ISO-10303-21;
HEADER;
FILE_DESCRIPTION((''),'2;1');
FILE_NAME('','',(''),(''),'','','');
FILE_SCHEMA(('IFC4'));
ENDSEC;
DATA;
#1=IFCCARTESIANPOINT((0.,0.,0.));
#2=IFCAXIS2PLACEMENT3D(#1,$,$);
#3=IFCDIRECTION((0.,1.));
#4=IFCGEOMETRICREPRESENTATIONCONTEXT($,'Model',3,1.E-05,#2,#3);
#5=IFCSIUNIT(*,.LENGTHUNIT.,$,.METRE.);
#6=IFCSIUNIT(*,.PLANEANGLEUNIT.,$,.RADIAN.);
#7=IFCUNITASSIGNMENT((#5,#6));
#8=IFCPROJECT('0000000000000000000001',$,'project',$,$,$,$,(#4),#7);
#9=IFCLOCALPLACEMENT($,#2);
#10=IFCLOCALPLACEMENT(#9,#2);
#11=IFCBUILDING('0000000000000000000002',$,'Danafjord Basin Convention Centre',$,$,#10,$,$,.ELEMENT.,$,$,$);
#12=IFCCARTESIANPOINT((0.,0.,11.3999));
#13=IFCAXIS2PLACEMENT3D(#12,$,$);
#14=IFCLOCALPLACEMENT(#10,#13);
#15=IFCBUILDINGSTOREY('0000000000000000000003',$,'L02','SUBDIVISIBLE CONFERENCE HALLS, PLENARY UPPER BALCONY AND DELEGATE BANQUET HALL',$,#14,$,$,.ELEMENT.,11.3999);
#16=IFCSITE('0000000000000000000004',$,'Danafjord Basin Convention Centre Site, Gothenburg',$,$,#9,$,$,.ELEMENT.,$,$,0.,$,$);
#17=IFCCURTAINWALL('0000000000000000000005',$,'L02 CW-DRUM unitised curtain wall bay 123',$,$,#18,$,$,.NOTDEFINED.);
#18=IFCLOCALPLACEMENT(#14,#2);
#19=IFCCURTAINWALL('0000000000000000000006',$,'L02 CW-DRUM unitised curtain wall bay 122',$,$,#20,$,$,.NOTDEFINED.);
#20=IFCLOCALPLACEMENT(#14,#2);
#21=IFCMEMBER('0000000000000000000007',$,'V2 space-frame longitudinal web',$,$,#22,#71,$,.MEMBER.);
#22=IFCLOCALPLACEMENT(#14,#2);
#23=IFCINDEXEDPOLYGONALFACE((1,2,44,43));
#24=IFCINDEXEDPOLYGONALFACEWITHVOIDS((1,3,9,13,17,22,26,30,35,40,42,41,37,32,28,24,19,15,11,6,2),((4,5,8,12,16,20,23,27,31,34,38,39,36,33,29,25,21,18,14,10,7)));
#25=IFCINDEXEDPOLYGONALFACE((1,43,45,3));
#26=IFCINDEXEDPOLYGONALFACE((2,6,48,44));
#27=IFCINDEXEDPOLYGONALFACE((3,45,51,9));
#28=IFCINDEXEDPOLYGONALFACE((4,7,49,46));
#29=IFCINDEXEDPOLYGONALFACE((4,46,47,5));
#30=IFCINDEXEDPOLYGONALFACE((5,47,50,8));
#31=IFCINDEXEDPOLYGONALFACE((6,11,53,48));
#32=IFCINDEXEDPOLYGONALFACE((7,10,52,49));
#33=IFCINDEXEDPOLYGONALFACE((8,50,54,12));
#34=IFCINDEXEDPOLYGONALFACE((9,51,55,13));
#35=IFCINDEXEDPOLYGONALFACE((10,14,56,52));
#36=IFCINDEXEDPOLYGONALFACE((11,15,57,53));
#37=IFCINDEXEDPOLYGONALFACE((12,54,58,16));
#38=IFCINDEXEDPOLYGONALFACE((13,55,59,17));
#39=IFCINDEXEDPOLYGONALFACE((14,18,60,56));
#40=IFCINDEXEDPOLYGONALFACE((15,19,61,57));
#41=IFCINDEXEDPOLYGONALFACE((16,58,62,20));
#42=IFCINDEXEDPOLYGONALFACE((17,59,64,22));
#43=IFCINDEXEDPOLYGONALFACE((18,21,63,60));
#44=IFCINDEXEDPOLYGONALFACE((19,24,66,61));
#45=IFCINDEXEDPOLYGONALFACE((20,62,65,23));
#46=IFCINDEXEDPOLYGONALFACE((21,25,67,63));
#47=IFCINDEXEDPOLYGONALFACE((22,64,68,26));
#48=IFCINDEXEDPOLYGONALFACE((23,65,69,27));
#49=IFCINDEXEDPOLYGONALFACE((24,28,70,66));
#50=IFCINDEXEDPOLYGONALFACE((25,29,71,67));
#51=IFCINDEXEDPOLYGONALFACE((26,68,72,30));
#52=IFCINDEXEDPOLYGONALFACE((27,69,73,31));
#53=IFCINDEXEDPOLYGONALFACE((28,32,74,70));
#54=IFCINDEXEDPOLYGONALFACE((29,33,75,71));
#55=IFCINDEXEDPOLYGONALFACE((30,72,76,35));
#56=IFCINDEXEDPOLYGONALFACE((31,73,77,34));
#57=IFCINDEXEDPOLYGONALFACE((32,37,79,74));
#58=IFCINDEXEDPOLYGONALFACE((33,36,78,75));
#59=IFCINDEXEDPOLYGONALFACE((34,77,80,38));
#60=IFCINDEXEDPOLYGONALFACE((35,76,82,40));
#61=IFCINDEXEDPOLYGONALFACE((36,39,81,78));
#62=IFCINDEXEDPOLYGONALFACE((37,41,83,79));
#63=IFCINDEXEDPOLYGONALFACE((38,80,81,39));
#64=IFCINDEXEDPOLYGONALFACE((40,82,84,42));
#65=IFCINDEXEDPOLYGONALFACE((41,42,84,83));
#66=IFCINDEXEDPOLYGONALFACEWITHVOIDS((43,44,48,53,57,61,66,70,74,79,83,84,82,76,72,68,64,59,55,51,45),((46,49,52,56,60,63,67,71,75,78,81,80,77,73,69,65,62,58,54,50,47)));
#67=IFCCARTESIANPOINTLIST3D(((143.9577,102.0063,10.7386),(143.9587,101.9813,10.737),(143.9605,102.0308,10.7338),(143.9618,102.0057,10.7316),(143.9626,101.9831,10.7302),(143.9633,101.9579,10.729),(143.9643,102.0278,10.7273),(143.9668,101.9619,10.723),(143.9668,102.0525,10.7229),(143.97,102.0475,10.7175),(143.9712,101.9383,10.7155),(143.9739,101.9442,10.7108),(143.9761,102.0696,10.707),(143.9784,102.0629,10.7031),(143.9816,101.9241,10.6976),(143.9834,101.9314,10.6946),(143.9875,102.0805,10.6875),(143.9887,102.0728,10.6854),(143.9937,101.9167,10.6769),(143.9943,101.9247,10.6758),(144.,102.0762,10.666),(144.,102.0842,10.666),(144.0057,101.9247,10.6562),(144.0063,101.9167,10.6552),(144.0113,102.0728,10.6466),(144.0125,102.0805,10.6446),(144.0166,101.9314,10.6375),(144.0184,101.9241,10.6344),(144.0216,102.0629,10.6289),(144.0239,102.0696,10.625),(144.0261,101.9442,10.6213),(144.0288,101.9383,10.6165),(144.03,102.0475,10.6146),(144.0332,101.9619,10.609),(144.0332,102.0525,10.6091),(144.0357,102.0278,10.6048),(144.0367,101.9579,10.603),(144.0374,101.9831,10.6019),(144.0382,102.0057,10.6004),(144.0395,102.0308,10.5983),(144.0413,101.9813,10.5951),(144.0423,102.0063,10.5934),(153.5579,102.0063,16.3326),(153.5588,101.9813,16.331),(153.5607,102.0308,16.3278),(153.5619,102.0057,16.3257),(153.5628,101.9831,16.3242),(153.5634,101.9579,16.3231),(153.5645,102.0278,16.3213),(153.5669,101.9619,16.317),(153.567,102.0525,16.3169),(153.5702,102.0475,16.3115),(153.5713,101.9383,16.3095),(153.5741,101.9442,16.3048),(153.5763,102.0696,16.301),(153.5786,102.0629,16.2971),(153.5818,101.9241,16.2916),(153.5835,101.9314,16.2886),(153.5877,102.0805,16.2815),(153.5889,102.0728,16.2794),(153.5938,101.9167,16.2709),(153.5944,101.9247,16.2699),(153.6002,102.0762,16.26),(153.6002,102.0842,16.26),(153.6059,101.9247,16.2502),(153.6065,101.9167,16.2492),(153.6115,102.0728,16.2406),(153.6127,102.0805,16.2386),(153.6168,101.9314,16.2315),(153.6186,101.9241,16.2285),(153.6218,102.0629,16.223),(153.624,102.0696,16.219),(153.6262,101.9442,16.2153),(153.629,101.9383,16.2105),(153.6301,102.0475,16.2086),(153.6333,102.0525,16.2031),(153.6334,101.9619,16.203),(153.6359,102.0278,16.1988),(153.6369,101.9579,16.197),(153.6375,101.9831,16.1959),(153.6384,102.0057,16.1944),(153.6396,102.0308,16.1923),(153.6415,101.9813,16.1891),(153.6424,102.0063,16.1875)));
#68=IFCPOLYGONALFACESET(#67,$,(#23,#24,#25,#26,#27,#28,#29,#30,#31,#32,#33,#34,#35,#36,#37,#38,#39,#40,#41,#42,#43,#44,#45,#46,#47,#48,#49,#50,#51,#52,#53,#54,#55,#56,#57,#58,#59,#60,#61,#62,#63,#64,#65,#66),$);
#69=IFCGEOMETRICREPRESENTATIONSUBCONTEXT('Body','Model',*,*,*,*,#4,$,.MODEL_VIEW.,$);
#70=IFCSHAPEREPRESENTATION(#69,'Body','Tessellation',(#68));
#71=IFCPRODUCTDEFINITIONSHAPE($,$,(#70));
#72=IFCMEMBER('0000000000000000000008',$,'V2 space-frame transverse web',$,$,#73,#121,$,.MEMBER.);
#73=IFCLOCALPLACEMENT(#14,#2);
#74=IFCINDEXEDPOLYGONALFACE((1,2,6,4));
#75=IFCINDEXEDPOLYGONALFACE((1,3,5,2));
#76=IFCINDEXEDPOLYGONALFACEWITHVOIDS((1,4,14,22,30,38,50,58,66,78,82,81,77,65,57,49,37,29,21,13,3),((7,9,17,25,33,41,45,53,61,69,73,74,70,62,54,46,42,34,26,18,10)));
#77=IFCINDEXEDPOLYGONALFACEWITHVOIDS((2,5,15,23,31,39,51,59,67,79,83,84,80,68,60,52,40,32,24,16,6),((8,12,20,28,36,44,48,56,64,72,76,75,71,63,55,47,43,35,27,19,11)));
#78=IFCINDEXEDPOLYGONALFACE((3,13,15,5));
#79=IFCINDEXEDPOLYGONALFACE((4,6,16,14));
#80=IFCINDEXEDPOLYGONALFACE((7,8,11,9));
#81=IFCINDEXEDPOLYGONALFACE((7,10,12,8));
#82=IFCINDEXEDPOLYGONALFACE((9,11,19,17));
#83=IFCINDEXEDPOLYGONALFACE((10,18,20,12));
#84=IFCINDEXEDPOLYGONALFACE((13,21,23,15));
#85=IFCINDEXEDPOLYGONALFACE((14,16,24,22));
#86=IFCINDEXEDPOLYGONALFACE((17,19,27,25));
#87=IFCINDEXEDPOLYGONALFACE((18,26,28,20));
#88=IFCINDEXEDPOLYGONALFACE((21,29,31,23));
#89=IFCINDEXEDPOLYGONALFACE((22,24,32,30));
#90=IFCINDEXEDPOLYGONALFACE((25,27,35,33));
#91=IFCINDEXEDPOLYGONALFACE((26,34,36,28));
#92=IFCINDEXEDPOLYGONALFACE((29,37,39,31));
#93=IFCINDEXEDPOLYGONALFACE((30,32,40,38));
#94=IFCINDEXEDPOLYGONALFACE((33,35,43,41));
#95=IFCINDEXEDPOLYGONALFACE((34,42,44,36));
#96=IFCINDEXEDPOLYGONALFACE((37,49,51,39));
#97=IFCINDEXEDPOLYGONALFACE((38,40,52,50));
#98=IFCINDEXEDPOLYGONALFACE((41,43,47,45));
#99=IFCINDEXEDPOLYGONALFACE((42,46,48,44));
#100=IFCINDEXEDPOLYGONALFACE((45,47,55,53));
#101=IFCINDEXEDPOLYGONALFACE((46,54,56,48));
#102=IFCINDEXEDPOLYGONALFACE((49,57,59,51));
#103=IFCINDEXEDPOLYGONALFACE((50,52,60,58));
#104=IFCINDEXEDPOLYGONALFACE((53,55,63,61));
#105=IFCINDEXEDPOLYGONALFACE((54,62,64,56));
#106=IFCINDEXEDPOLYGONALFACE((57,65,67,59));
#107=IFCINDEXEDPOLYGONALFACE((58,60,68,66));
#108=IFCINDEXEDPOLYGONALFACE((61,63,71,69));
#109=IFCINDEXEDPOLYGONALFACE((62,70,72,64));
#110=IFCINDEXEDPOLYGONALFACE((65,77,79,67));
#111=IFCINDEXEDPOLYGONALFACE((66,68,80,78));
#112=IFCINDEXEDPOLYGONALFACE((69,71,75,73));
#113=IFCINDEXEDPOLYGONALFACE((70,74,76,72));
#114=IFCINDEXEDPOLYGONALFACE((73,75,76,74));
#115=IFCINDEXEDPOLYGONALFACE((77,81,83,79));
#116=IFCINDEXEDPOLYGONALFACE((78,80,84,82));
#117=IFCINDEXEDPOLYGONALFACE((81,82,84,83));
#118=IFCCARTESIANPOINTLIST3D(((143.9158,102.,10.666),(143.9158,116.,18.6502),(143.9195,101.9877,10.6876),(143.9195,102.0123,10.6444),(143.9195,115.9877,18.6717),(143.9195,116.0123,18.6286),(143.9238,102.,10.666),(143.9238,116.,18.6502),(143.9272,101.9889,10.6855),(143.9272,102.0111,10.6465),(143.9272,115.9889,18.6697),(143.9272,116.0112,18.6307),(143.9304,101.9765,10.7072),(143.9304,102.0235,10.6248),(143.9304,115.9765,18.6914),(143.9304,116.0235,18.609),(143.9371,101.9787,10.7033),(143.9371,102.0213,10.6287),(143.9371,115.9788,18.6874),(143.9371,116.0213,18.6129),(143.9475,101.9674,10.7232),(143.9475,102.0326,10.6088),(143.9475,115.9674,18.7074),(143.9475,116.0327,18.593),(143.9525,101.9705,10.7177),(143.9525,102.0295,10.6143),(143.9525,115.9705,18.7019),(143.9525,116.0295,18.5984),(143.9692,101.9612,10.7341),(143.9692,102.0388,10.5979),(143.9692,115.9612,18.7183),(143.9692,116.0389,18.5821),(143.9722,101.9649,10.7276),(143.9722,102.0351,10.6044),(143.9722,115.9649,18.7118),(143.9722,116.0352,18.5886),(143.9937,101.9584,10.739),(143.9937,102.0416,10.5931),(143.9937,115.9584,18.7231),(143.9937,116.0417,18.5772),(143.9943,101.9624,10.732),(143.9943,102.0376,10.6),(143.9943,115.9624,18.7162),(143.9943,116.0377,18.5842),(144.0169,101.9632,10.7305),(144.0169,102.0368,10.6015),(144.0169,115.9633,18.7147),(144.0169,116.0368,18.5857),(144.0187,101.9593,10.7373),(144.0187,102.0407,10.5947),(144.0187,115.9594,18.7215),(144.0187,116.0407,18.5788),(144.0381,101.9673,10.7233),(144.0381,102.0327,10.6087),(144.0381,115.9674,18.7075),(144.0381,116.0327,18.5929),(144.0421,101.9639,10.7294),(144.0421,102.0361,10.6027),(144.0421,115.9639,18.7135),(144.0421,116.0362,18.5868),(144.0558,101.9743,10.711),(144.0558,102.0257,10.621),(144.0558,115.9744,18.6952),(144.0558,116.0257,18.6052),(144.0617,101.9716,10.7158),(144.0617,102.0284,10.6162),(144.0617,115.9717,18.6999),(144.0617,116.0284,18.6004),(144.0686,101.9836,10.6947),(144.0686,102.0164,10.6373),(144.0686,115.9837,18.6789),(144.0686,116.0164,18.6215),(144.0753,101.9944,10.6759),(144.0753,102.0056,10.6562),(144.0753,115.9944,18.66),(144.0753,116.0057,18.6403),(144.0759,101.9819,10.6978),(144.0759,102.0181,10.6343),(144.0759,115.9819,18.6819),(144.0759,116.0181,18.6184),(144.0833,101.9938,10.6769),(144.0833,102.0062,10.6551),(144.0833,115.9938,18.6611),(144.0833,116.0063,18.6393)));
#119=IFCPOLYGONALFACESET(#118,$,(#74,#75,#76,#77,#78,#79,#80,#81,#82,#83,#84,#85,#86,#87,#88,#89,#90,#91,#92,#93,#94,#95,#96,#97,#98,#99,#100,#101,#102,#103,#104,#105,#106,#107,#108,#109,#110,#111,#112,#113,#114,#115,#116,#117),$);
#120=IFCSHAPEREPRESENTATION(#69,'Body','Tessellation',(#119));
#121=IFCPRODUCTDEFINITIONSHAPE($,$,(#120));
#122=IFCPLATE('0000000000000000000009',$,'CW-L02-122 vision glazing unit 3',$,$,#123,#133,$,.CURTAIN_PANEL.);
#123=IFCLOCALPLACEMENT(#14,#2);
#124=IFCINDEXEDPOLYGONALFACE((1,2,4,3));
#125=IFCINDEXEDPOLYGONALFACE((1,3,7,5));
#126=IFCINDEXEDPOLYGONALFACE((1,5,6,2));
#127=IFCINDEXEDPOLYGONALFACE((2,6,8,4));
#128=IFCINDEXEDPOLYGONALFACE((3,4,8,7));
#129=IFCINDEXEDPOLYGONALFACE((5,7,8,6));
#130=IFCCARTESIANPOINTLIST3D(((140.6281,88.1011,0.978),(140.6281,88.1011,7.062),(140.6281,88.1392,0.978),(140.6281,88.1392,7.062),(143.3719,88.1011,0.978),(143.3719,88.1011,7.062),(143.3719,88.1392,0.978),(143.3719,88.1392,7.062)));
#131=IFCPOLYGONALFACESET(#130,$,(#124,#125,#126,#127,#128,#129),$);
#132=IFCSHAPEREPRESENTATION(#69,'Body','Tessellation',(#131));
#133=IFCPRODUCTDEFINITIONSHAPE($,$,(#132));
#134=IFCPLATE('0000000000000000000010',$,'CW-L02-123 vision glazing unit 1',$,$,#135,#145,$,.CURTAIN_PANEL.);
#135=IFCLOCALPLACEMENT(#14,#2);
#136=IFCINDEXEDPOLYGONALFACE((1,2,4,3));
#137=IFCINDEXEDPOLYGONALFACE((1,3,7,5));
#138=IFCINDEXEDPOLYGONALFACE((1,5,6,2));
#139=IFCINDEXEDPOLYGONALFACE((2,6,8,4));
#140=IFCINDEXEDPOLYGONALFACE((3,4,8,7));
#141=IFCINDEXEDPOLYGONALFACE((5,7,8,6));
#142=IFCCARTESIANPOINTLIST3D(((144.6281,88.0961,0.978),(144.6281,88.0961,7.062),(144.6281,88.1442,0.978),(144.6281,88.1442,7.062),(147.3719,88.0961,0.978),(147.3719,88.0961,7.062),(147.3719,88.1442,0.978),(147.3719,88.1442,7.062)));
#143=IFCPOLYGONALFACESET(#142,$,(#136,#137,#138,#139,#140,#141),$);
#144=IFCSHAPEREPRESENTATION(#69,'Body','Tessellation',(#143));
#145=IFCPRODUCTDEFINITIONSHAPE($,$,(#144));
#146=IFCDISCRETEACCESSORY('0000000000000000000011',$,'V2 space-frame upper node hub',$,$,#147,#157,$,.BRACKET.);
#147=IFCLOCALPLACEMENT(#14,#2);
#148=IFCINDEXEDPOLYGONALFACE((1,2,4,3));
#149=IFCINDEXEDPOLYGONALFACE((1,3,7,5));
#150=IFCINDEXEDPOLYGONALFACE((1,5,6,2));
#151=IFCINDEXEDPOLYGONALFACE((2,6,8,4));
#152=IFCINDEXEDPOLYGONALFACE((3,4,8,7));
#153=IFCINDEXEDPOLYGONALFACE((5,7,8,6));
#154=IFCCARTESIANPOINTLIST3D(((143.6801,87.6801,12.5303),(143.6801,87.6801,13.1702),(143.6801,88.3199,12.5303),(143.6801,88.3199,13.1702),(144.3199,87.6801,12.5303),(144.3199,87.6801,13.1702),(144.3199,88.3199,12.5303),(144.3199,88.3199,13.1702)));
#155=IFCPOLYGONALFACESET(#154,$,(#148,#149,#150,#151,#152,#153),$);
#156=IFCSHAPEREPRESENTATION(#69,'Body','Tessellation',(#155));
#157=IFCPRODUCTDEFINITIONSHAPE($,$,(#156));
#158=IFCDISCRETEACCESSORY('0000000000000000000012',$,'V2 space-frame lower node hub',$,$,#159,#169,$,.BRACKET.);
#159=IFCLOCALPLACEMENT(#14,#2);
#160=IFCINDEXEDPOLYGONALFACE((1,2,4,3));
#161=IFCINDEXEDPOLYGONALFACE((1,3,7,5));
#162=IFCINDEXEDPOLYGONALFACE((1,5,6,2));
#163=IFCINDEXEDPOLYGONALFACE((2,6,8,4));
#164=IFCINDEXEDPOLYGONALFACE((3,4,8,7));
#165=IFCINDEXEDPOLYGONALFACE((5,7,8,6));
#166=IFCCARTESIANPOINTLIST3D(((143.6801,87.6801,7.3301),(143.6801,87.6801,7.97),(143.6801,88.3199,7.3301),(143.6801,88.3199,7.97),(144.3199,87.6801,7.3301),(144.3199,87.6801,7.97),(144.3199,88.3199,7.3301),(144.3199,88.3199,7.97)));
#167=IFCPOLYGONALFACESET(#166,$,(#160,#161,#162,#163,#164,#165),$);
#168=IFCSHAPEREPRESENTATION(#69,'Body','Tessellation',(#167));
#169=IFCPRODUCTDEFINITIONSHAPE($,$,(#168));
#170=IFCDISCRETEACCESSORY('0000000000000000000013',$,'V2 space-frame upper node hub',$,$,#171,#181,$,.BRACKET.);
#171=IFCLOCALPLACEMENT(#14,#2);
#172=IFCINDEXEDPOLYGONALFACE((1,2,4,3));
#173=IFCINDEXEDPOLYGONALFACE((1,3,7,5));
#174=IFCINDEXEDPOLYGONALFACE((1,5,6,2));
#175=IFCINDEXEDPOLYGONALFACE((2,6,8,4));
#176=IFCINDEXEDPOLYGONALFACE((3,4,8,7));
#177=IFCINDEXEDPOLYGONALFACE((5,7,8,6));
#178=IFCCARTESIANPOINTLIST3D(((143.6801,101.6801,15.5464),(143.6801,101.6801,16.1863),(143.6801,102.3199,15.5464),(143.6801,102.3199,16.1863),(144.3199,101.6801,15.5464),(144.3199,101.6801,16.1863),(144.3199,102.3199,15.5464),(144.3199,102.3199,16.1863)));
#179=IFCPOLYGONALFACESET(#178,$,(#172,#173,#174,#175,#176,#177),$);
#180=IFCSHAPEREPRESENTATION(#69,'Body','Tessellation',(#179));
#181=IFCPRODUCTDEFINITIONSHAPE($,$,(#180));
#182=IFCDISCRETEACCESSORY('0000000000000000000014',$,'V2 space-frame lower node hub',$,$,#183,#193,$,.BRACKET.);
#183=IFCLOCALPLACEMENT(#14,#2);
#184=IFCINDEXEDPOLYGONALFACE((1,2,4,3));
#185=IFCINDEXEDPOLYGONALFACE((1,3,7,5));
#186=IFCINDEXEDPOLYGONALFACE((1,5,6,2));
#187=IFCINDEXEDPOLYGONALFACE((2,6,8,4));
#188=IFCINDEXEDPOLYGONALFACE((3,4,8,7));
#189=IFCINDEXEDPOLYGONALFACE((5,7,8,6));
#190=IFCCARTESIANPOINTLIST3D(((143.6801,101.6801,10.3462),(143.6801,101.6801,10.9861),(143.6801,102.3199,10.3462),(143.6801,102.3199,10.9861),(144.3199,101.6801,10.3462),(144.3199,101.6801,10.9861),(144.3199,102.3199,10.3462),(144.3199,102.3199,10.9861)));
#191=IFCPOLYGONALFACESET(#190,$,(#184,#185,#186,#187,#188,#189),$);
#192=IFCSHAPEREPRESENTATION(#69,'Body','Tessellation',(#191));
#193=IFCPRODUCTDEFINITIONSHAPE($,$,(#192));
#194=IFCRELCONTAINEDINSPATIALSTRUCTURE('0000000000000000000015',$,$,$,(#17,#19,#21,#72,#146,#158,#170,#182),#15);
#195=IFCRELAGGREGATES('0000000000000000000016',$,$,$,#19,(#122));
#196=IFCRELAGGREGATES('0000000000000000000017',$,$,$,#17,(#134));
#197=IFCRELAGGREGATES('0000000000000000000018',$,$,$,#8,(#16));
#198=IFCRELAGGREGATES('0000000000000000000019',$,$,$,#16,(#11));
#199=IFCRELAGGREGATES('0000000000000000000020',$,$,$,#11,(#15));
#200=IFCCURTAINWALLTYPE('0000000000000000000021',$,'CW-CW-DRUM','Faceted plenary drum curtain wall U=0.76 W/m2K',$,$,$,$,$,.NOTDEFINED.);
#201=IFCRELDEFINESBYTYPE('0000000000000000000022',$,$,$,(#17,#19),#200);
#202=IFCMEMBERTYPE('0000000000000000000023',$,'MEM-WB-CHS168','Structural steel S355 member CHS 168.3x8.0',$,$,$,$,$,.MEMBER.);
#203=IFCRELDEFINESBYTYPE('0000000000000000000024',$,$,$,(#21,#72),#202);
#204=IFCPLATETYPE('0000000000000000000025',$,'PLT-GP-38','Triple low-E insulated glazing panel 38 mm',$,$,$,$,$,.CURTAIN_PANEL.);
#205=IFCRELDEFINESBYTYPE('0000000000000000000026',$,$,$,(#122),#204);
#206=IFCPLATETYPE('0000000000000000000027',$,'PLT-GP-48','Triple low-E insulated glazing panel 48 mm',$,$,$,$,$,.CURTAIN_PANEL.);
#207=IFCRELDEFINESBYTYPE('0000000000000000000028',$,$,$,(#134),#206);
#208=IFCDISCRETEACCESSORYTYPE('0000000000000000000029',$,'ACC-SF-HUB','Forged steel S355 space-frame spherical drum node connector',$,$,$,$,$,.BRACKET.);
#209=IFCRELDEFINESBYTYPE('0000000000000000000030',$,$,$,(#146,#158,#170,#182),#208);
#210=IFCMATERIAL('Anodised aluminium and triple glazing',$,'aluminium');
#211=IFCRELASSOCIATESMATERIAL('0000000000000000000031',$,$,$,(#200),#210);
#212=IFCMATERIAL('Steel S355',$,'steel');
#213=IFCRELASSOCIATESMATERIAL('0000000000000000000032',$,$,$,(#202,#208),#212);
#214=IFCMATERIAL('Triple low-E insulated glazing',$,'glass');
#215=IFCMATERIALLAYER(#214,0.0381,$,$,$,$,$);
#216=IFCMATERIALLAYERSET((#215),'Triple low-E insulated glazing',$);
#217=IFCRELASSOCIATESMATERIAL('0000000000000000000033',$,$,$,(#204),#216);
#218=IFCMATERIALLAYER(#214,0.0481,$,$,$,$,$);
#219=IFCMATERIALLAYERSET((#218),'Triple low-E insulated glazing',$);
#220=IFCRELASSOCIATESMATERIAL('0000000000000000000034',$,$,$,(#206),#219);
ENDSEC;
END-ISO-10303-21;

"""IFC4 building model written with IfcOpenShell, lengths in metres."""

from ifc_helpers import new_model, si_unit, direction, frame, origin, origin_2d, place, context, subcontext, project, spatial, rectangle, hollow_circle, extrude, material, layer, layer_set, material_profile, profile_set, type_object, element, aggregate, save


model = new_model("IFC4")

# Units and contexts
model_context = context("Model", 3, precision=1e-05, world=origin(), true_north=direction((0.0, 1.0)))
body_context = subcontext(model_context, "Body", "Model", "MODEL_VIEW")
ifc_project = project(units=[si_unit("LENGTHUNIT", "METRE"), si_unit("PLANEANGLEUNIT", "RADIAN")], contexts=[model_context])

# Site, building, storey
site_placement = place(None, origin())
site = spatial("IfcSite", under=ifc_project, at=site_placement, Name="Danafjord Basin Convention Centre Site, Gothenburg", CompositionType="ELEMENT", RefElevation=0.0)
building_placement = place(site_placement, origin())
building = spatial("IfcBuilding", under=site, at=building_placement, Name="Danafjord Basin Convention Centre", CompositionType="ELEMENT")
storey_placement = place(building_placement, frame((0.0, 0.0, 11.3999)))
storey = spatial("IfcBuildingStorey", under=building, at=storey_placement, Name="L02", Description="SUBDIVISIBLE CONFERENCE HALLS, PLENARY UPPER BALCONY AND DELEGATE BANQUET HALL", CompositionType="ELEMENT", Elevation=11.3999)

# Shared definitions
ifc_material_1 = material(Name="Steel S355", Category="steel")

# Curtain walls
ifc_material_2 = material(Name="Anodised aluminium and triple glazing", Category="aluminium")
curtain_wall_type = type_object("IfcCurtainWallType", Name="CW-CW-DRUM", Description="Faceted plenary drum curtain wall U=0.76 W/m2K", PredefinedType="NOTDEFINED", material=ifc_material_2)
curtain_wall_1_placement = place(storey_placement, origin())
curtain_wall_1 = element("IfcCurtainWall", 1, at=curtain_wall_1_placement, inside=storey, type_object=curtain_wall_type, Name="L02 CW-DRUM unitised curtain wall bay 123", PredefinedType="NOTDEFINED")
curtain_wall_2_placement = place(storey_placement, origin())
curtain_wall_2 = element("IfcCurtainWall", 2, at=curtain_wall_2_placement, inside=storey, type_object=curtain_wall_type, Name="L02 CW-DRUM unitised curtain wall bay 122", PredefinedType="NOTDEFINED")

# Members
ifc_material_profile_1 = material_profile(ifc_material_1, hollow_circle(Radius=0.0842, WallThickness=0.0081, at=origin_2d()), Name="CHS 168.3x8.0")
ifc_profile_set_1 = profile_set([ifc_material_profile_1], Name="Steel S355")
member_type_1 = type_object("IfcMemberType", Name="MEM-WB-CHS168", Description="Structural steel S355 member CHS 168.3x8.0", PredefinedType="MEMBER", material=ifc_profile_set_1)
member_1_placement = place(storey_placement, frame((144.0, 102.0, 10.666), z_axis=(0.864016, 0.0, 0.503464), x_axis=(0.0, 1.0, 0.0)))
element("IfcMember", 3, at=member_1_placement, inside=storey, type_object=member_type_1, Name="V2 space-frame longitudinal web", PredefinedType="MEMBER", context=body_context, shape_type="SweptSolid", body=[
    extrude(hollow_circle(Radius=0.0842, WallThickness=0.0081, at=origin_2d()), origin(), (0.0, 0.0, 1.0), 11.1111),
])
member_2_placement = place(storey_placement, frame((144.0, 102.0, 10.666), z_axis=(0.0, 0.868667, 0.495396), x_axis=(-1.0, 0.0, 0.0)))
element("IfcMember", 4, at=member_2_placement, inside=storey, type_object=member_type_1, Name="V2 space-frame transverse web", PredefinedType="MEMBER", context=body_context, shape_type="SweptSolid", body=[
    extrude(hollow_circle(Radius=0.0842, WallThickness=0.0081, at=origin_2d()), origin(), (0.0, 0.0, 1.0), 16.1167),
])

# Plates
ifc_material_3 = material(Name="Triple low-E insulated glazing", Category="glass")
ifc_layer_1 = layer(ifc_material_3, 0.0381)
ifc_layer_set_1 = layer_set([ifc_layer_1], Name="Triple low-E insulated glazing")
plate_type_1 = type_object("IfcPlateType", Name="PLT-GP-38", Description="Triple low-E insulated glazing panel 38 mm", PredefinedType="CURTAIN_PANEL", material=ifc_layer_set_1)
plate_1_placement = place(storey_placement, frame((142.0, 88.1201, 0.978), z_axis=(0.0, 0.0, 1.0), x_axis=(1.0, 0.0, 0.0)))
plate_1 = element("IfcPlate", 5, at=plate_1_placement, type_object=plate_type_1, Name="CW-L02-122 vision glazing unit 3", PredefinedType="CURTAIN_PANEL", context=body_context, shape_type="SweptSolid", body=[
    extrude(rectangle(XDim=2.7439, YDim=0.0381, at=origin_2d()), origin(), (0.0, 0.0, 1.0), 6.084),
])
aggregate(curtain_wall_2, [plate_1])
ifc_layer_2 = layer(ifc_material_3, 0.0481)
ifc_layer_set_2 = layer_set([ifc_layer_2], Name="Triple low-E insulated glazing")
plate_type_2 = type_object("IfcPlateType", Name="PLT-GP-48", Description="Triple low-E insulated glazing panel 48 mm", PredefinedType="CURTAIN_PANEL", material=ifc_layer_set_2)
plate_2_placement = place(storey_placement, frame((146.0, 88.1201, 0.978), z_axis=(0.0, 0.0, 1.0), x_axis=(1.0, 0.0, 0.0)))
plate_2 = element("IfcPlate", 6, at=plate_2_placement, type_object=plate_type_2, Name="CW-L02-123 vision glazing unit 1", PredefinedType="CURTAIN_PANEL", context=body_context, shape_type="SweptSolid", body=[
    extrude(rectangle(XDim=2.7439, YDim=0.0481, at=origin_2d()), origin(), (0.0, 0.0, 1.0), 6.084),
])
aggregate(curtain_wall_1, [plate_2])

# Discrete accessories
discrete_accessory_type = type_object("IfcDiscreteAccessoryType", Name="ACC-SF-HUB", Description="Forged steel S355 space-frame spherical drum node connector", PredefinedType="BRACKET", material=ifc_material_1)
for number, where, z_axis, x_axis, name in (
    (7, (144.0, 88.0, 12.5303), (0.0, 0.0, 1.0), (1.0, 0.0, 0.0), "V2 space-frame upper node hub"),
    (8, (144.0, 88.0, 7.3301), (0.0, 0.0, 1.0), (1.0, 0.0, 0.0), "V2 space-frame lower node hub"),
    (9, (144.0, 102.0, 15.5464), (0.0, 0.0, 1.0), (1.0, 0.0, 0.0), "V2 space-frame upper node hub"),
    (10, (144.0, 102.0, 10.3462), (0.0, 0.0, 1.0), (1.0, 0.0, 0.0), "V2 space-frame lower node hub"),
):
    element("IfcDiscreteAccessory", number, at=place(storey_placement, frame(where, z_axis=z_axis, x_axis=x_axis)), inside=storey, type_object=discrete_accessory_type, Name=name, PredefinedType="BRACKET", context=body_context, shape_type="SweptSolid", body=[
        extrude(rectangle(XDim=0.6399, YDim=0.6399, at=origin_2d()), origin(), (0.0, 0.0, 1.0), 0.6399),
    ])

save(model, "model.ifc")
